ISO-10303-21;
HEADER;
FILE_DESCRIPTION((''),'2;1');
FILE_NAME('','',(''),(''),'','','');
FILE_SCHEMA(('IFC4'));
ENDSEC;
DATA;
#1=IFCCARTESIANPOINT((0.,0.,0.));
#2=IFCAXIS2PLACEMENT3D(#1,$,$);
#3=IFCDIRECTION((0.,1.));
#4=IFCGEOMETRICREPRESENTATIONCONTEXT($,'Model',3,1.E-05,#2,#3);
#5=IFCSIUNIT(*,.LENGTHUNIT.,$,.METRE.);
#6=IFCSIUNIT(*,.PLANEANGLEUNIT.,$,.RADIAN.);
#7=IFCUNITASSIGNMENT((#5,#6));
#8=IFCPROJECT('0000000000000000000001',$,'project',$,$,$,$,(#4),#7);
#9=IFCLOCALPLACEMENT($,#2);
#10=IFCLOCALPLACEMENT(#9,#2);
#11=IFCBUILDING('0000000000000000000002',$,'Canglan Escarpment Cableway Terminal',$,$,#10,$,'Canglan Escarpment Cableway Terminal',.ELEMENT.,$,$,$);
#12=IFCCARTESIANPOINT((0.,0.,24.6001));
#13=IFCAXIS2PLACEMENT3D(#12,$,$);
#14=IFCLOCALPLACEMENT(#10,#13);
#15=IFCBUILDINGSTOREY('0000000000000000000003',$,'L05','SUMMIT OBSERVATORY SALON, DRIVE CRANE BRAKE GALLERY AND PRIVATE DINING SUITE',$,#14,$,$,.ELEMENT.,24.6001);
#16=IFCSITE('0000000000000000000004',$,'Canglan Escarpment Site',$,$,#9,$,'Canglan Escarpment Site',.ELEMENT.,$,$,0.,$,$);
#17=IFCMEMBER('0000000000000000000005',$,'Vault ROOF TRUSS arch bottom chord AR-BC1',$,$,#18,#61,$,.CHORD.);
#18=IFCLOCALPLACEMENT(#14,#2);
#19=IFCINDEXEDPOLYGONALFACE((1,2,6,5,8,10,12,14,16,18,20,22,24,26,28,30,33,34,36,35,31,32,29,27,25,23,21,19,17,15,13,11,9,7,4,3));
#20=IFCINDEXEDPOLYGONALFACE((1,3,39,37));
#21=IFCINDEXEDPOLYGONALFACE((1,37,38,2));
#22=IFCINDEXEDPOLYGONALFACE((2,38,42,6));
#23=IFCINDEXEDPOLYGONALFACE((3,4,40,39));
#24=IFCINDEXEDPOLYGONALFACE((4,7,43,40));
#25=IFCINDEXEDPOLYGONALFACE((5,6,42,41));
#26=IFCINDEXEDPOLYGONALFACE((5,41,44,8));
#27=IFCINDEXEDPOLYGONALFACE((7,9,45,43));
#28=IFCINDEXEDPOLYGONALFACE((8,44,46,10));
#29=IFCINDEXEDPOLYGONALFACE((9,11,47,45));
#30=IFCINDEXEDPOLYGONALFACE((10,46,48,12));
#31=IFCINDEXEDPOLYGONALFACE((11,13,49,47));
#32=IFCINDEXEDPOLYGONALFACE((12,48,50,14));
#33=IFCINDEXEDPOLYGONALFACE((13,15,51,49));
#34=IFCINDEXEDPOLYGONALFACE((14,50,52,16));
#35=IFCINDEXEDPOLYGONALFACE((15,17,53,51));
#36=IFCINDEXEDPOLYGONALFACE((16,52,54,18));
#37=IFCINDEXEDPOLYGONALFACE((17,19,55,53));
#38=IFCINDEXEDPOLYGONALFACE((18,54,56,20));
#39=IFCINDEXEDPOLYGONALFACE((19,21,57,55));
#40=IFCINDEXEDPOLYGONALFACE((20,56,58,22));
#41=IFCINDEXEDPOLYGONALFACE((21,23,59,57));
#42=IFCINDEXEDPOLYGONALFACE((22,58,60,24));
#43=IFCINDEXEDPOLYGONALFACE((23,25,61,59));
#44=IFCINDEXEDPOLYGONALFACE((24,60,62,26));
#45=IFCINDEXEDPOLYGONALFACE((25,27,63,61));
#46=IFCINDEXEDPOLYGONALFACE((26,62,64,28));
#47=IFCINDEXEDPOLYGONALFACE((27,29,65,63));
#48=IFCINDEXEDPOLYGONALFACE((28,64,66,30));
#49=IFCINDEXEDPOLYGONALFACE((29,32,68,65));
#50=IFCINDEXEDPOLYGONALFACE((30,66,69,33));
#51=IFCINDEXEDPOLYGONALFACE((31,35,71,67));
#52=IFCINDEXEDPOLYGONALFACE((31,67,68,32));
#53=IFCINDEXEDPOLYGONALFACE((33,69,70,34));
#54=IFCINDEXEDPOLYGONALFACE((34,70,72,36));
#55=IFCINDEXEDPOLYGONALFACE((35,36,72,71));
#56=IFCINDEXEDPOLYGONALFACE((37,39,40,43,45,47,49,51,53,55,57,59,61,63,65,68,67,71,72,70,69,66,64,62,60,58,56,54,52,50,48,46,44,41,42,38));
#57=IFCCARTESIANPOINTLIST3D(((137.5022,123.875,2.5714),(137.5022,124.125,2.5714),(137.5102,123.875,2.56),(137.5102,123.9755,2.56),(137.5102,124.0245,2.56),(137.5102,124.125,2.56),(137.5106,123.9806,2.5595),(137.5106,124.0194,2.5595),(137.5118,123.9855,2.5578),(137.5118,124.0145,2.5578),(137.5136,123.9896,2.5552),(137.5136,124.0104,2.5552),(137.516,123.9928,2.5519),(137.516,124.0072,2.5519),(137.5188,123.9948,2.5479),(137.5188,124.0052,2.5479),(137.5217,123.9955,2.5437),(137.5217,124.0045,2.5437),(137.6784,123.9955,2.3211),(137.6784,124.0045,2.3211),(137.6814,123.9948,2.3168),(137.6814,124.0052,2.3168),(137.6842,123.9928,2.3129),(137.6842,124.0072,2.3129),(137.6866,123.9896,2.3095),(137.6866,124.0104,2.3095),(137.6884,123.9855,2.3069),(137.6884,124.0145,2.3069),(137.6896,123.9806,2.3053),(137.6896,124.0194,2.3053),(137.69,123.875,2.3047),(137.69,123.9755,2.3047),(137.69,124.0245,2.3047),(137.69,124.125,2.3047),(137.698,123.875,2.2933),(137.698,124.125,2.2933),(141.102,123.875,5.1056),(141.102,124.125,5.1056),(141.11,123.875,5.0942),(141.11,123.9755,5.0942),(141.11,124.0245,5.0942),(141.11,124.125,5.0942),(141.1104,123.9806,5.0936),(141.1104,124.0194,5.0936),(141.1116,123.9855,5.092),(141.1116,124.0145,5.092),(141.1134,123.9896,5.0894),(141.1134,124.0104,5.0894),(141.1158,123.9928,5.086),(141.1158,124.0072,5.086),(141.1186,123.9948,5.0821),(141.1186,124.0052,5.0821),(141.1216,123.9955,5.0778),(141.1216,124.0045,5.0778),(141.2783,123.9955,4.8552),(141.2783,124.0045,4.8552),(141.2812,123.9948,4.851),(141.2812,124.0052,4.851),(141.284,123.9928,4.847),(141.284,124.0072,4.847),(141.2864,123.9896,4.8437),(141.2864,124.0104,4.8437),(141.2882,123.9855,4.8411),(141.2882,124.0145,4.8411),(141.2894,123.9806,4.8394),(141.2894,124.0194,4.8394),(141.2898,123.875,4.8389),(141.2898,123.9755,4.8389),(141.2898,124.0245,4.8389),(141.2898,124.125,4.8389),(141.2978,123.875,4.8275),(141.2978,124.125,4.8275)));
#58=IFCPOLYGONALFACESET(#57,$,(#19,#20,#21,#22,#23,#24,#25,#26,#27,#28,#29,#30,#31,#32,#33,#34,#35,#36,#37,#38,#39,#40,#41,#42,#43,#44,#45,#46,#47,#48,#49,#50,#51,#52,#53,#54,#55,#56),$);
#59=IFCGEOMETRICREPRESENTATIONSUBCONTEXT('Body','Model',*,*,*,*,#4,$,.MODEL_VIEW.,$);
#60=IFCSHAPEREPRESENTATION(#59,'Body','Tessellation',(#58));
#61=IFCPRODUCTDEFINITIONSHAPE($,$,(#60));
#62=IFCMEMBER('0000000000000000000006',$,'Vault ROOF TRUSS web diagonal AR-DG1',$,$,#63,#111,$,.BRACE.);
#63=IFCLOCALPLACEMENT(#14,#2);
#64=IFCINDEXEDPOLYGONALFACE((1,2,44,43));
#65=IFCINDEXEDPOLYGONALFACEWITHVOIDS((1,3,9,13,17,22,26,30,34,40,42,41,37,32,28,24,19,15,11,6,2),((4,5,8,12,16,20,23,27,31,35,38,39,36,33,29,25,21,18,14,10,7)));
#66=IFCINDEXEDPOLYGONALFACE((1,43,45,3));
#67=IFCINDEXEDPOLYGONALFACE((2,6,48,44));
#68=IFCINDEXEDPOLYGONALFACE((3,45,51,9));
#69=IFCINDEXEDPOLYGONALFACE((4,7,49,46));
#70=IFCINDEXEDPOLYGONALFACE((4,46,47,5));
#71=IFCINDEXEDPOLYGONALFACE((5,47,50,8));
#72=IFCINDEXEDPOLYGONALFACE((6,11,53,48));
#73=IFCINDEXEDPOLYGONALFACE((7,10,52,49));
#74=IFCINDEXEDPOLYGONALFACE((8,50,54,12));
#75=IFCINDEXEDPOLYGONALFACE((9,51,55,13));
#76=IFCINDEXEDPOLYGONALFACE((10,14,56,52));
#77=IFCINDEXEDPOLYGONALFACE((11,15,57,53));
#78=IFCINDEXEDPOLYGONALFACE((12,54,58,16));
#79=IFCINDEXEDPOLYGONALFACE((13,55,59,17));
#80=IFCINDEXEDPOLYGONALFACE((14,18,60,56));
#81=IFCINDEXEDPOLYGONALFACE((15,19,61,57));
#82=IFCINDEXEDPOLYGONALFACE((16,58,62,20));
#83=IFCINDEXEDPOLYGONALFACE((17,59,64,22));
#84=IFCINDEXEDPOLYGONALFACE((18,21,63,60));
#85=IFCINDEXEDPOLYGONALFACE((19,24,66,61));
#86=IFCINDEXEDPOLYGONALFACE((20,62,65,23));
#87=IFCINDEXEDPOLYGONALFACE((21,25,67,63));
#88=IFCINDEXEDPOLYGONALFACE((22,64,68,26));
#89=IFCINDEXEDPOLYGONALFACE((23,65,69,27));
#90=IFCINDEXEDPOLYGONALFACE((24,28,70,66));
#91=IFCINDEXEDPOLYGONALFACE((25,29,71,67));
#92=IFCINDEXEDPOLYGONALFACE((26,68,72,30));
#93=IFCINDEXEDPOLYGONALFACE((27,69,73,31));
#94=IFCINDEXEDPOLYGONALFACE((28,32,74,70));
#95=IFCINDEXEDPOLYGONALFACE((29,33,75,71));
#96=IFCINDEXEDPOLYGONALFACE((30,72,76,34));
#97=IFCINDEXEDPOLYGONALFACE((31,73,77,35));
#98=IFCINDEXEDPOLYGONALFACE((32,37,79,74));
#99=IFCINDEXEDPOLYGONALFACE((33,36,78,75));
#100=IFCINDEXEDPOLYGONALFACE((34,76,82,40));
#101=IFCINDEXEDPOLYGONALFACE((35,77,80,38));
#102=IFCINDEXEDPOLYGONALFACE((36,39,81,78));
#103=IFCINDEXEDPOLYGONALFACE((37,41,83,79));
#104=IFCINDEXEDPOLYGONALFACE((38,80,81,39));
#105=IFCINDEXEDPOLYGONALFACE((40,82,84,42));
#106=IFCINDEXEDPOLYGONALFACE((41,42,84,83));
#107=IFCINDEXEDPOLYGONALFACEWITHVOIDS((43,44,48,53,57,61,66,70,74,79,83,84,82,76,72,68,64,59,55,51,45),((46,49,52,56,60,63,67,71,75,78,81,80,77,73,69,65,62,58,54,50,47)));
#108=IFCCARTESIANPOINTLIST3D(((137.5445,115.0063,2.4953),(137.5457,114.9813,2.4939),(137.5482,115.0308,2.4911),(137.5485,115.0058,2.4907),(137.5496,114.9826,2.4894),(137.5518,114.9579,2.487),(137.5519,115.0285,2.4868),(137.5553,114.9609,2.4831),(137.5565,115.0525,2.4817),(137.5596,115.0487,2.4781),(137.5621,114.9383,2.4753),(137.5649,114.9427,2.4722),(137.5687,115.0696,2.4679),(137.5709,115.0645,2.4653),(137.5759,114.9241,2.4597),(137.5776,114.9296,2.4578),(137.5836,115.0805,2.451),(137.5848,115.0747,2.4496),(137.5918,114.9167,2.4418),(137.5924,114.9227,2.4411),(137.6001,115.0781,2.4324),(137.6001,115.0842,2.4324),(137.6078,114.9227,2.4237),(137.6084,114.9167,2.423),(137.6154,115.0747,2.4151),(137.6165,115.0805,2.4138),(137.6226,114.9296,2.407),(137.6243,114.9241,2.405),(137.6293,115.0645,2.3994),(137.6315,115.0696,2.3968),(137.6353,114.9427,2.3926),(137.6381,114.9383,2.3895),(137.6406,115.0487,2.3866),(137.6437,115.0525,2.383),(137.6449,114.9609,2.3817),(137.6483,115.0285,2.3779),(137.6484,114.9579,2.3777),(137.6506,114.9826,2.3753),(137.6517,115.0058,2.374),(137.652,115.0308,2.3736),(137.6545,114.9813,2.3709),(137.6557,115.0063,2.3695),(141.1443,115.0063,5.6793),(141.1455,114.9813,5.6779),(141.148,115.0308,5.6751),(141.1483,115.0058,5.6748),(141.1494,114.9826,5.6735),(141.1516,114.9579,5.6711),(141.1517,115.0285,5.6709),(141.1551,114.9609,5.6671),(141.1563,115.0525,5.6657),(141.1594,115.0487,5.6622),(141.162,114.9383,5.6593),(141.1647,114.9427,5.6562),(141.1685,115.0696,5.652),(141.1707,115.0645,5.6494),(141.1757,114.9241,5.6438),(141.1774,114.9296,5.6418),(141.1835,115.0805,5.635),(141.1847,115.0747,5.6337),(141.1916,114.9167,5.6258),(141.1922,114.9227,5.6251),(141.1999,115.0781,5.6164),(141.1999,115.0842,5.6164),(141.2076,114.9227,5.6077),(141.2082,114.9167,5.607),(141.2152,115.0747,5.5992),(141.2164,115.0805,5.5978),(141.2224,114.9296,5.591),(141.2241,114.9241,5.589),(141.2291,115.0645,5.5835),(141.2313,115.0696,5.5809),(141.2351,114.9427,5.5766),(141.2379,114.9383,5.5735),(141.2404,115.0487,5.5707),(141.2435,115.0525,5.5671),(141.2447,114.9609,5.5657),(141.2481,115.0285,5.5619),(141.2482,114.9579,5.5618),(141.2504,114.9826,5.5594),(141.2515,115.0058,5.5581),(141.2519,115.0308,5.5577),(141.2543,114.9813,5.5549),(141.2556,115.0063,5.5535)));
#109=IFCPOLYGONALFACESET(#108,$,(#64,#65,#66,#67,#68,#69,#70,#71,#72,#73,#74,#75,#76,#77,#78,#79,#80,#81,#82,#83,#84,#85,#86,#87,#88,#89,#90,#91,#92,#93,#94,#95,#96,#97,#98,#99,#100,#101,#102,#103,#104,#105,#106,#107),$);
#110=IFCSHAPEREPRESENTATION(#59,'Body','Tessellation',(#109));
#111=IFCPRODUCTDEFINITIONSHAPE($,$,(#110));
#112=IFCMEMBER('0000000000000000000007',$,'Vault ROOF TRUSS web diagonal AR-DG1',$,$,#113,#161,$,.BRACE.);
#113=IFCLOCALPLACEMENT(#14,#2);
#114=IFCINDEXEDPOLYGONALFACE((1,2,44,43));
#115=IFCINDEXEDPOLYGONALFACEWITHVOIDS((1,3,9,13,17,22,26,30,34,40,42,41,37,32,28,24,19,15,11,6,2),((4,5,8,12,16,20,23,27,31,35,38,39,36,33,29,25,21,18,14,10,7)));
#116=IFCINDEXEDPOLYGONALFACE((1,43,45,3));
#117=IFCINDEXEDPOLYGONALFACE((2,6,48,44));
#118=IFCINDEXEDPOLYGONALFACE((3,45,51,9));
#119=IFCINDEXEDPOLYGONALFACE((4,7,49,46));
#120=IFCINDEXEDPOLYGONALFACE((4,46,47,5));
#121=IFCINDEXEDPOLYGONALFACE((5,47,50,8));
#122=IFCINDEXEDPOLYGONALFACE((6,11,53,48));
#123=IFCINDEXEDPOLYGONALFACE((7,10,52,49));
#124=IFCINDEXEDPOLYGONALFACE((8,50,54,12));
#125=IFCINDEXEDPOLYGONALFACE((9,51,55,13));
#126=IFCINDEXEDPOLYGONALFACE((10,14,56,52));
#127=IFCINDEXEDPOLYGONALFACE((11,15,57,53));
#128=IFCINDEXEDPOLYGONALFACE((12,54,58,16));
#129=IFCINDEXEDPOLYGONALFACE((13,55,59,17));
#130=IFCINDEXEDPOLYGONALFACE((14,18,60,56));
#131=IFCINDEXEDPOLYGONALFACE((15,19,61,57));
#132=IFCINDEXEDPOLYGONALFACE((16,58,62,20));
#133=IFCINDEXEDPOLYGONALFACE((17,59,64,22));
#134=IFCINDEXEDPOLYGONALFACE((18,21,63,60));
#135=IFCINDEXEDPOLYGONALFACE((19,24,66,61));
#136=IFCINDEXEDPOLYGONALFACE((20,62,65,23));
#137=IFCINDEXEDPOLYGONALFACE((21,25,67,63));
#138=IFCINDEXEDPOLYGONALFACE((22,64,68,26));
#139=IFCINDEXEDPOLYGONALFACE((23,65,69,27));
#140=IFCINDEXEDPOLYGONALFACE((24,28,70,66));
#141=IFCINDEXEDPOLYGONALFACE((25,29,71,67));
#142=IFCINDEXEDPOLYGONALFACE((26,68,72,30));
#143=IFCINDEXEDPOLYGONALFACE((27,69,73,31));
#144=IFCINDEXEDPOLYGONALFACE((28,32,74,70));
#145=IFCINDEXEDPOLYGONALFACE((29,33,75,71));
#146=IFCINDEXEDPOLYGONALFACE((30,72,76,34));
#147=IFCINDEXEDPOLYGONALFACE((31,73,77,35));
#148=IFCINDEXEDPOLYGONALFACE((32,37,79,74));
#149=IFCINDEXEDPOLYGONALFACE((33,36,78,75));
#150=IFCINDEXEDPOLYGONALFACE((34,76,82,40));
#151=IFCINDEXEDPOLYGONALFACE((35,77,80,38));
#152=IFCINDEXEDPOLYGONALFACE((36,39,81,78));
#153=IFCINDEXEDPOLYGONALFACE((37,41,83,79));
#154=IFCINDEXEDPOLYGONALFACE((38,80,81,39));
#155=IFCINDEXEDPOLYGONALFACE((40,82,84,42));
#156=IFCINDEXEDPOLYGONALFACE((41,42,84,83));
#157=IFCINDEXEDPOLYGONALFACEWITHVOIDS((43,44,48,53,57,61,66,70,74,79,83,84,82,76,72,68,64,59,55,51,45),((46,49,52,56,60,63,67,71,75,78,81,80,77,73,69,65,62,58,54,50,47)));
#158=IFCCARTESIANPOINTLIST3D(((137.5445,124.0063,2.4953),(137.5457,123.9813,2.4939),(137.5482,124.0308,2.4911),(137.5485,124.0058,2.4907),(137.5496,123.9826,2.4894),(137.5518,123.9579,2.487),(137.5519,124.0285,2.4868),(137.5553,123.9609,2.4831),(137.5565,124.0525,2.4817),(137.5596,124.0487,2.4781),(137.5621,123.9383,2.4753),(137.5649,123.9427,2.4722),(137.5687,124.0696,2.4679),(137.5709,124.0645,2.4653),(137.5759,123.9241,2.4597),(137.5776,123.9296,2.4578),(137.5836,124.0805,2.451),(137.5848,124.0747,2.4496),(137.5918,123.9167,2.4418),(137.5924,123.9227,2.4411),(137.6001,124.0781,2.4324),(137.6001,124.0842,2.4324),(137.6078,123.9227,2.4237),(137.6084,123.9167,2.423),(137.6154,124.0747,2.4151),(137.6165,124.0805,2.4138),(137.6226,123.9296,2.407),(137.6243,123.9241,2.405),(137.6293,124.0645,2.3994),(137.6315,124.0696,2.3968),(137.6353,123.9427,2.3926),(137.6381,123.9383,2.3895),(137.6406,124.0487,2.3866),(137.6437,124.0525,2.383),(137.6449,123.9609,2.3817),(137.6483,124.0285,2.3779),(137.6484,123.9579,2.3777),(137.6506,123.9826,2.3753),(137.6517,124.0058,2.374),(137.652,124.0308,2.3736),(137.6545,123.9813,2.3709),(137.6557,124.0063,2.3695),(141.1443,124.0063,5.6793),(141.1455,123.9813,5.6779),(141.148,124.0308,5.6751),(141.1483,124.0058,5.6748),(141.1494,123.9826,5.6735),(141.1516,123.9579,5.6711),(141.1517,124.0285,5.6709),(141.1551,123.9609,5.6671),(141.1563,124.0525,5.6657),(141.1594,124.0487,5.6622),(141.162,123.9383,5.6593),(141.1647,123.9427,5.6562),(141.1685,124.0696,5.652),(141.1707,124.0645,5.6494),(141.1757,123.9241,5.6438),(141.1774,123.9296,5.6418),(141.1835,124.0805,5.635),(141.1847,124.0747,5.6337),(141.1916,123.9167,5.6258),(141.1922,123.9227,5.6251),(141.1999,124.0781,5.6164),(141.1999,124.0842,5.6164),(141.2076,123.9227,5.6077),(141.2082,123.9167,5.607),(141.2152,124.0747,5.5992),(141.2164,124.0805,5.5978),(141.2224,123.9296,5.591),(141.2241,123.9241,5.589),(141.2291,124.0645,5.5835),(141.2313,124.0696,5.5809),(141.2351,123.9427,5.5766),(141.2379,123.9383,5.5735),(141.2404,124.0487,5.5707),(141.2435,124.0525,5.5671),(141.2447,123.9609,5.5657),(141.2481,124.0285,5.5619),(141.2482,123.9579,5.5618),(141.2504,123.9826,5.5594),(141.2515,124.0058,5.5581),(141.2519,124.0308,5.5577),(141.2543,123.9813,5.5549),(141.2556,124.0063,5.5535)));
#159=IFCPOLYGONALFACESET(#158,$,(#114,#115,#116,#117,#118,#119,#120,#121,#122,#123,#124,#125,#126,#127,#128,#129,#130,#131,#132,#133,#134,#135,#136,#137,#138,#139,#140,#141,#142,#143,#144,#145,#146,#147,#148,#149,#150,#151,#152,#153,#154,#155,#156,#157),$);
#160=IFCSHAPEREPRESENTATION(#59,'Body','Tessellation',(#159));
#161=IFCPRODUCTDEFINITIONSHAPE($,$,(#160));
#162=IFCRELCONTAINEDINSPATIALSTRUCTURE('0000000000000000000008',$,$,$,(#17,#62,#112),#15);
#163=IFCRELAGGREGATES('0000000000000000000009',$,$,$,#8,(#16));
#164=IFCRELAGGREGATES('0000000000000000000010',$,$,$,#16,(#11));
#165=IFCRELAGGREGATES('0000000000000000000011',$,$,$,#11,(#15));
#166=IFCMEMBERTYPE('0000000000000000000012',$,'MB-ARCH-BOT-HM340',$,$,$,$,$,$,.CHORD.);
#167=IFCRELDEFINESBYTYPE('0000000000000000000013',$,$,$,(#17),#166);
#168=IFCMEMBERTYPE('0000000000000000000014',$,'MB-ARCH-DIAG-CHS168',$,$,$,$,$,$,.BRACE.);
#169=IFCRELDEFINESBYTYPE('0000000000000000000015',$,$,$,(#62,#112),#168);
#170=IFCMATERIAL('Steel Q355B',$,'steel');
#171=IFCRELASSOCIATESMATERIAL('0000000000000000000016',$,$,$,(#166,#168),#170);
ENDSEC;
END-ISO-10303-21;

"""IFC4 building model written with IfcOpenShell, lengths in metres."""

from ifc_helpers import new_model, si_unit, direction, frame, origin, origin_2d, place, context, subcontext, project, spatial, hollow_circle, i_section, extrude, material, material_profile, profile_set, type_object, element, save


model = new_model("IFC4")

# Units and contexts
model_context = context("Model", 3, precision=1e-05, world=origin(), true_north=direction((0.0, 1.0)))
body_context = subcontext(model_context, "Body", "Model", "MODEL_VIEW")
ifc_project = project(units=[si_unit("LENGTHUNIT", "METRE"), si_unit("PLANEANGLEUNIT", "RADIAN")], contexts=[model_context])

# Site, building, storey
site_placement = place(None, origin())
site = spatial("IfcSite", under=ifc_project, at=site_placement, Name="Canglan Escarpment Site", LongName="Canglan Escarpment Site", CompositionType="ELEMENT", RefElevation=0.0)
building_placement = place(site_placement, origin())
building = spatial("IfcBuilding", under=site, at=building_placement, Name="Canglan Escarpment Cableway Terminal", LongName="Canglan Escarpment Cableway Terminal", CompositionType="ELEMENT")
storey_placement = place(building_placement, frame((0.0, 0.0, 24.6001)))
storey = spatial("IfcBuildingStorey", under=building, at=storey_placement, Name="L05", Description="SUMMIT OBSERVATORY SALON, DRIVE CRANE BRAKE GALLERY AND PRIVATE DINING SUITE", CompositionType="ELEMENT", Elevation=24.6001)

# Shared definitions
ifc_material_1 = material(Name="Steel Q355B", Category="steel")

# Members
ifc_material_profile_1 = material_profile(ifc_material_1, i_section(OverallWidth=0.25, OverallDepth=0.3401, WebThickness=0.009, FlangeThickness=0.0139, FilletRadius=0.02, at=origin_2d()), Name="HM 340x250x9x14")
ifc_profile_set_1 = profile_set([ifc_material_profile_1], Name="Steel Q355B")
member_type_1 = type_object("IfcMemberType", Name="MB-ARCH-BOT-HM340", PredefinedType="CHORD", material=ifc_profile_set_1)
for number, where, z_axis, x_axis, name in (
    (1, (137.6001, 124.0, 2.4324), (0.817705, 0.0, 0.575638), (0.0, 1.0, 0.0), "Vault ROOF TRUSS arch bottom chord AR-BC1"),
):
    element("IfcMember", number, at=place(storey_placement, frame(where, z_axis=z_axis, x_axis=x_axis)), inside=storey, type_object=member_type_1, Name=name, PredefinedType="CHORD", context=body_context, shape_type="SweptSolid", body=[
        extrude(i_section(OverallWidth=0.25, OverallDepth=0.3401, WebThickness=0.009, FlangeThickness=0.0139, FilletRadius=0.02, at=origin_2d()), origin(), (0.0, 0.0, 1.0), 4.4023),
    ])
ifc_material_profile_2 = material_profile(ifc_material_1, hollow_circle(Radius=0.0842, WallThickness=0.0061, at=origin_2d()), Name="CHS 168.3x6")
ifc_profile_set_2 = profile_set([ifc_material_profile_2], Name="Steel Q355B")
member_type_2 = type_object("IfcMemberType", Name="MB-ARCH-DIAG-CHS168", PredefinedType="BRACE", material=ifc_profile_set_2)
for number, where, z_axis, x_axis, name in (
    (2, (137.6001, 115.0, 2.4324), (0.749038, 0.0, 0.662527), (0.0, 1.0, 0.0), "Vault ROOF TRUSS web diagonal AR-DG1"),
    (3, (137.6001, 124.0, 2.4324), (0.749038, 0.0, 0.662527), (0.0, 1.0, 0.0), "Vault ROOF TRUSS web diagonal AR-DG1"),
):
    element("IfcMember", number, at=place(storey_placement, frame(where, z_axis=z_axis, x_axis=x_axis)), inside=storey, type_object=member_type_2, Name=name, PredefinedType="BRACE", context=body_context, shape_type="SweptSolid", body=[
        extrude(hollow_circle(Radius=0.0842, WallThickness=0.0061, at=origin_2d()), origin(), (0.0, 0.0, 1.0), 4.8059),
    ])

save(model, "model.ifc")
